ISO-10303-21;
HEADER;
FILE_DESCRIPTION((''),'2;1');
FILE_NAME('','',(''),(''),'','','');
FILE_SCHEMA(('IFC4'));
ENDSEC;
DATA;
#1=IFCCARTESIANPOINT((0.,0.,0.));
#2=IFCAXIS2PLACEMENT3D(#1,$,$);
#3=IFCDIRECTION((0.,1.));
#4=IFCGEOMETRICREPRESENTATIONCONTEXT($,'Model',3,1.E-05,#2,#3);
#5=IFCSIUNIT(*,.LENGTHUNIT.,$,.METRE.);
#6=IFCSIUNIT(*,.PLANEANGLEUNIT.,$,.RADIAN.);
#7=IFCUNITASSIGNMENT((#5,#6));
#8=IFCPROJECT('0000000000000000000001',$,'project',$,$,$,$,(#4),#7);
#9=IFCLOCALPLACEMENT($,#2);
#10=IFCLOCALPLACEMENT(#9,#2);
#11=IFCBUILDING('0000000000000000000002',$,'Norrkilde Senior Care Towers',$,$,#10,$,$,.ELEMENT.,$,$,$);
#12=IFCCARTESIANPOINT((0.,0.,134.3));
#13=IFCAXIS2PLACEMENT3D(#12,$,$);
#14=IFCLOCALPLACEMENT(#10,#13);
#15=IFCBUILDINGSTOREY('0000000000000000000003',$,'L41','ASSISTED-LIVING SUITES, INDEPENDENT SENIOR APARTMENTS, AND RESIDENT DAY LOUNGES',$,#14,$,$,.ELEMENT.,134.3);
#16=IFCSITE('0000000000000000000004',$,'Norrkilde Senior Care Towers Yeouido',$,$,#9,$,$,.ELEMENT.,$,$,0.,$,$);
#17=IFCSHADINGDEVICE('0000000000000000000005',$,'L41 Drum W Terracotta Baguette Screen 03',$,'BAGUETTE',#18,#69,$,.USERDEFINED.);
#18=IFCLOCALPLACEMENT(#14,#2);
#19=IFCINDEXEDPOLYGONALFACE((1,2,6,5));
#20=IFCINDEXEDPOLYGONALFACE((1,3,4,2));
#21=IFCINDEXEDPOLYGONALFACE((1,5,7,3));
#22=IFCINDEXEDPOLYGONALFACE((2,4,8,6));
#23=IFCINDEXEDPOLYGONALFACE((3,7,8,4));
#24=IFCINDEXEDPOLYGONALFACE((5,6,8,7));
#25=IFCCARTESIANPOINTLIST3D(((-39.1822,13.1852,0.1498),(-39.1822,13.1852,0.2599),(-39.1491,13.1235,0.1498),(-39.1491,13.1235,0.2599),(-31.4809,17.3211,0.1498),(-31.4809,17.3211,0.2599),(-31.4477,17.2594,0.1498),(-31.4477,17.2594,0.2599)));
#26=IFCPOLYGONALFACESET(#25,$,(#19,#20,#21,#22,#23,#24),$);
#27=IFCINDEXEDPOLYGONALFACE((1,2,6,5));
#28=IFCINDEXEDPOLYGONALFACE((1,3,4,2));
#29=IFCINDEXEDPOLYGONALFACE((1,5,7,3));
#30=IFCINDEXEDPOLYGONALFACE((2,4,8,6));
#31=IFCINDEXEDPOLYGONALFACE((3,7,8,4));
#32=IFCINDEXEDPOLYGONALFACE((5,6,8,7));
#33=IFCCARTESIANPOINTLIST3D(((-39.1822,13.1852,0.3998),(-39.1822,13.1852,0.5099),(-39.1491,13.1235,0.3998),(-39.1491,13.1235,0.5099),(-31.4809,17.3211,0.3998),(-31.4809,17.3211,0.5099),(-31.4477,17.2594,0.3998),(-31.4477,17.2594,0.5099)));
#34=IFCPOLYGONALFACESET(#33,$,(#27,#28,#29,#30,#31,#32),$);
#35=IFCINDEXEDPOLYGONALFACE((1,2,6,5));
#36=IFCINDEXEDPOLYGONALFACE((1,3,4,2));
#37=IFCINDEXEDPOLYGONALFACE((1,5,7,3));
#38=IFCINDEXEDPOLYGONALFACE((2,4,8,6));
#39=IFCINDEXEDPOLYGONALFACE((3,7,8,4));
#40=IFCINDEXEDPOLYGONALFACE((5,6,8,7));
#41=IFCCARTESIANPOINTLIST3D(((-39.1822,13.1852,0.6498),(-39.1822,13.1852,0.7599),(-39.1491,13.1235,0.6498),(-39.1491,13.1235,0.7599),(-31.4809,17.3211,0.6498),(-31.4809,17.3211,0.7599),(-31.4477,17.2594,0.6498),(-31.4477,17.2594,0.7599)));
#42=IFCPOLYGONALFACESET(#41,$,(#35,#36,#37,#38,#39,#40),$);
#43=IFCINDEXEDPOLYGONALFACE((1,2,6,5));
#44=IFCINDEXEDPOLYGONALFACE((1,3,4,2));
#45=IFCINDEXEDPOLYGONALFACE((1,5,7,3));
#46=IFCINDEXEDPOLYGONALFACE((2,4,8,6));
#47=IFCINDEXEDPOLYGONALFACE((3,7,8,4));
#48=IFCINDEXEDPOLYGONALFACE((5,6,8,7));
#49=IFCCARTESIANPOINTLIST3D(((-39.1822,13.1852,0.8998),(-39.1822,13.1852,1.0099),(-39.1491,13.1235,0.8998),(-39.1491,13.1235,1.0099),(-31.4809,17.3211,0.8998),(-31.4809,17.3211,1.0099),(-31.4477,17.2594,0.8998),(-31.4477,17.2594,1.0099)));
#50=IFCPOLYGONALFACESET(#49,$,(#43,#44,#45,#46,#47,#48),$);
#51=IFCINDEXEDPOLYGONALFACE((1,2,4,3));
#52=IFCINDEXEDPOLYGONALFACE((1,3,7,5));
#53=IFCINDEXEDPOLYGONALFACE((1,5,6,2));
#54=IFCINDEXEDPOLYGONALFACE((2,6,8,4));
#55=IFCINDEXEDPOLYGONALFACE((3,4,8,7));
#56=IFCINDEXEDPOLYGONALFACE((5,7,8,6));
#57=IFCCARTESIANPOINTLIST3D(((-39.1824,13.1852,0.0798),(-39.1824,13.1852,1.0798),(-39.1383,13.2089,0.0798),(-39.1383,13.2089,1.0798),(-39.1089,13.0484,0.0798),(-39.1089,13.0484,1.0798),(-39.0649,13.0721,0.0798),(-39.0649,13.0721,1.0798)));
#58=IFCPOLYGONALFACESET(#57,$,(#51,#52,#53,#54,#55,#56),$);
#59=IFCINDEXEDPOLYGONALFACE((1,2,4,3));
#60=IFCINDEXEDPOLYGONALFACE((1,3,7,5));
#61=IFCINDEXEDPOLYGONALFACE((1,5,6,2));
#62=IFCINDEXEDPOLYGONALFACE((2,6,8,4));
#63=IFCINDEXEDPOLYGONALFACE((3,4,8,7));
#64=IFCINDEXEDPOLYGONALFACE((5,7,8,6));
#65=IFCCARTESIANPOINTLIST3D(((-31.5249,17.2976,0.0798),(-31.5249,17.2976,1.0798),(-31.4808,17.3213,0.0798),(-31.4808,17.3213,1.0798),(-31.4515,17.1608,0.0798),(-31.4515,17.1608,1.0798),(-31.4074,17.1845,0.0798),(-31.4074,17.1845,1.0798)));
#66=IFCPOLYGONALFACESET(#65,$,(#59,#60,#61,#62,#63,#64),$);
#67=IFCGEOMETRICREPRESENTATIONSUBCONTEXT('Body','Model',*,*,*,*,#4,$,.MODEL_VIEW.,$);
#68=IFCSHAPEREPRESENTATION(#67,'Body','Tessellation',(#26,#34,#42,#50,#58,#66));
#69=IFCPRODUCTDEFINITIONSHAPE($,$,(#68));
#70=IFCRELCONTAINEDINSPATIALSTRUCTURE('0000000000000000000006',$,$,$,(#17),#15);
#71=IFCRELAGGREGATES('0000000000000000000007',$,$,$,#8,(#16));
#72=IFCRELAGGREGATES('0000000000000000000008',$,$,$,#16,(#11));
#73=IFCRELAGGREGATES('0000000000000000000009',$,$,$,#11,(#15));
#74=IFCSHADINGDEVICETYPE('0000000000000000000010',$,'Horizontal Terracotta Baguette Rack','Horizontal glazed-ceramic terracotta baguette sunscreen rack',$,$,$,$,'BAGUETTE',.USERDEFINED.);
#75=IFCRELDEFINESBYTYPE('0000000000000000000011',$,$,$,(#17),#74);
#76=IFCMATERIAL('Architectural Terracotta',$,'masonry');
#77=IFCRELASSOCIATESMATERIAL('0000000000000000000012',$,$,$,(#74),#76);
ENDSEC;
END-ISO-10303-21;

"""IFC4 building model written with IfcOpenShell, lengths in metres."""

from ifc_helpers import new_model, si_unit, direction, frame, origin, origin_2d, place, context, subcontext, project, spatial, rectangle, extrude, source, transform, mapped, material, type_object, type_shapes, element, save


model = new_model("IFC4")

# Units and contexts
model_context = context("Model", 3, precision=1e-05, world=origin(), true_north=direction((0.0, 1.0)))
body_context = subcontext(model_context, "Body", "Model", "MODEL_VIEW")
ifc_project = project(units=[si_unit("LENGTHUNIT", "METRE"), si_unit("PLANEANGLEUNIT", "RADIAN")], contexts=[model_context])

# Site, building, storey
site_placement = place(None, origin())
site = spatial("IfcSite", under=ifc_project, at=site_placement, Name="Norrkilde Senior Care Towers Yeouido", CompositionType="ELEMENT", RefElevation=0.0)
building_placement = place(site_placement, origin())
building = spatial("IfcBuilding", under=site, at=building_placement, Name="Norrkilde Senior Care Towers", CompositionType="ELEMENT")
storey_placement = place(building_placement, frame((0.0, 0.0, 134.3)))
storey = spatial("IfcBuildingStorey", under=building, at=storey_placement, Name="L41", Description="ASSISTED-LIVING SUITES, INDEPENDENT SENIOR APARTMENTS, AND RESIDENT DAY LOUNGES", CompositionType="ELEMENT", Elevation=134.3)

# Shading device
ifc_material_1 = material(Name="Architectural Terracotta", Category="masonry")
shading_device_type = type_object("IfcShadingDeviceType", Name="Horizontal Terracotta Baguette Rack", Description="Horizontal glazed-ceramic terracotta baguette sunscreen rack", ElementType="BAGUETTE", PredefinedType="USERDEFINED", material=ifc_material_1)
shared_shape_1 = source(origin(), body_context, "Body", "SweptSolid", [
    extrude(rectangle(XDim=0.0701, YDim=0.1101, at=origin_2d()), frame((0.0, 0.0901, 0.125), z_axis=(1.0, 0.0, 0.0), x_axis=(0.0, 1.0, 0.0)), (0.0, 0.0, 1.0), 8.7417),
    extrude(rectangle(XDim=0.0701, YDim=0.1101, at=origin_2d()), frame((0.0, 0.0901, 0.375), z_axis=(1.0, 0.0, 0.0), x_axis=(0.0, 1.0, 0.0)), (0.0, 0.0, 1.0), 8.7417),
    extrude(rectangle(XDim=0.0701, YDim=0.1101, at=origin_2d()), frame((0.0, 0.0901, 0.625), z_axis=(1.0, 0.0, 0.0), x_axis=(0.0, 1.0, 0.0)), (0.0, 0.0, 1.0), 8.7417),
    extrude(rectangle(XDim=0.0701, YDim=0.1101, at=origin_2d()), frame((0.0, 0.0901, 0.875), z_axis=(1.0, 0.0, 0.0), x_axis=(0.0, 1.0, 0.0)), (0.0, 0.0, 1.0), 8.7417),
    extrude(rectangle(XDim=0.05, YDim=0.1553, at=origin_2d()), frame((0.0249, 0.0476, 0.0)), (0.0, 0.0, 1.0), 1.0),
    extrude(rectangle(XDim=0.05, YDim=0.1553, at=origin_2d()), frame((8.7168, 0.0476, 0.0)), (0.0, 0.0, 1.0), 1.0),
])
type_shapes(shading_device_type, [shared_shape_1])
shading_device_placement = place(storey_placement, frame((-39.123, 13.075, 0.0798), z_axis=(0.0, 0.0, 1.0), x_axis=(0.880998, 0.473133, 0.0)))
element("IfcShadingDevice", 1, at=shading_device_placement, inside=storey, type_object=shading_device_type, Name="L41 Drum W Terracotta Baguette Screen 03", ObjectType="BAGUETTE", PredefinedType="USERDEFINED", context=body_context, shape_type="MappedRepresentation", body=[
    mapped(shared_shape_1, transform((0.0, 0.0, 0.0), x_axis=(1.0, 0.0, 0.0), y_axis=(0.0, 1.0, 0.0), z_axis=(0.0, 0.0, 1.0), scale=1.0)),
])

save(model, "model.ifc")
